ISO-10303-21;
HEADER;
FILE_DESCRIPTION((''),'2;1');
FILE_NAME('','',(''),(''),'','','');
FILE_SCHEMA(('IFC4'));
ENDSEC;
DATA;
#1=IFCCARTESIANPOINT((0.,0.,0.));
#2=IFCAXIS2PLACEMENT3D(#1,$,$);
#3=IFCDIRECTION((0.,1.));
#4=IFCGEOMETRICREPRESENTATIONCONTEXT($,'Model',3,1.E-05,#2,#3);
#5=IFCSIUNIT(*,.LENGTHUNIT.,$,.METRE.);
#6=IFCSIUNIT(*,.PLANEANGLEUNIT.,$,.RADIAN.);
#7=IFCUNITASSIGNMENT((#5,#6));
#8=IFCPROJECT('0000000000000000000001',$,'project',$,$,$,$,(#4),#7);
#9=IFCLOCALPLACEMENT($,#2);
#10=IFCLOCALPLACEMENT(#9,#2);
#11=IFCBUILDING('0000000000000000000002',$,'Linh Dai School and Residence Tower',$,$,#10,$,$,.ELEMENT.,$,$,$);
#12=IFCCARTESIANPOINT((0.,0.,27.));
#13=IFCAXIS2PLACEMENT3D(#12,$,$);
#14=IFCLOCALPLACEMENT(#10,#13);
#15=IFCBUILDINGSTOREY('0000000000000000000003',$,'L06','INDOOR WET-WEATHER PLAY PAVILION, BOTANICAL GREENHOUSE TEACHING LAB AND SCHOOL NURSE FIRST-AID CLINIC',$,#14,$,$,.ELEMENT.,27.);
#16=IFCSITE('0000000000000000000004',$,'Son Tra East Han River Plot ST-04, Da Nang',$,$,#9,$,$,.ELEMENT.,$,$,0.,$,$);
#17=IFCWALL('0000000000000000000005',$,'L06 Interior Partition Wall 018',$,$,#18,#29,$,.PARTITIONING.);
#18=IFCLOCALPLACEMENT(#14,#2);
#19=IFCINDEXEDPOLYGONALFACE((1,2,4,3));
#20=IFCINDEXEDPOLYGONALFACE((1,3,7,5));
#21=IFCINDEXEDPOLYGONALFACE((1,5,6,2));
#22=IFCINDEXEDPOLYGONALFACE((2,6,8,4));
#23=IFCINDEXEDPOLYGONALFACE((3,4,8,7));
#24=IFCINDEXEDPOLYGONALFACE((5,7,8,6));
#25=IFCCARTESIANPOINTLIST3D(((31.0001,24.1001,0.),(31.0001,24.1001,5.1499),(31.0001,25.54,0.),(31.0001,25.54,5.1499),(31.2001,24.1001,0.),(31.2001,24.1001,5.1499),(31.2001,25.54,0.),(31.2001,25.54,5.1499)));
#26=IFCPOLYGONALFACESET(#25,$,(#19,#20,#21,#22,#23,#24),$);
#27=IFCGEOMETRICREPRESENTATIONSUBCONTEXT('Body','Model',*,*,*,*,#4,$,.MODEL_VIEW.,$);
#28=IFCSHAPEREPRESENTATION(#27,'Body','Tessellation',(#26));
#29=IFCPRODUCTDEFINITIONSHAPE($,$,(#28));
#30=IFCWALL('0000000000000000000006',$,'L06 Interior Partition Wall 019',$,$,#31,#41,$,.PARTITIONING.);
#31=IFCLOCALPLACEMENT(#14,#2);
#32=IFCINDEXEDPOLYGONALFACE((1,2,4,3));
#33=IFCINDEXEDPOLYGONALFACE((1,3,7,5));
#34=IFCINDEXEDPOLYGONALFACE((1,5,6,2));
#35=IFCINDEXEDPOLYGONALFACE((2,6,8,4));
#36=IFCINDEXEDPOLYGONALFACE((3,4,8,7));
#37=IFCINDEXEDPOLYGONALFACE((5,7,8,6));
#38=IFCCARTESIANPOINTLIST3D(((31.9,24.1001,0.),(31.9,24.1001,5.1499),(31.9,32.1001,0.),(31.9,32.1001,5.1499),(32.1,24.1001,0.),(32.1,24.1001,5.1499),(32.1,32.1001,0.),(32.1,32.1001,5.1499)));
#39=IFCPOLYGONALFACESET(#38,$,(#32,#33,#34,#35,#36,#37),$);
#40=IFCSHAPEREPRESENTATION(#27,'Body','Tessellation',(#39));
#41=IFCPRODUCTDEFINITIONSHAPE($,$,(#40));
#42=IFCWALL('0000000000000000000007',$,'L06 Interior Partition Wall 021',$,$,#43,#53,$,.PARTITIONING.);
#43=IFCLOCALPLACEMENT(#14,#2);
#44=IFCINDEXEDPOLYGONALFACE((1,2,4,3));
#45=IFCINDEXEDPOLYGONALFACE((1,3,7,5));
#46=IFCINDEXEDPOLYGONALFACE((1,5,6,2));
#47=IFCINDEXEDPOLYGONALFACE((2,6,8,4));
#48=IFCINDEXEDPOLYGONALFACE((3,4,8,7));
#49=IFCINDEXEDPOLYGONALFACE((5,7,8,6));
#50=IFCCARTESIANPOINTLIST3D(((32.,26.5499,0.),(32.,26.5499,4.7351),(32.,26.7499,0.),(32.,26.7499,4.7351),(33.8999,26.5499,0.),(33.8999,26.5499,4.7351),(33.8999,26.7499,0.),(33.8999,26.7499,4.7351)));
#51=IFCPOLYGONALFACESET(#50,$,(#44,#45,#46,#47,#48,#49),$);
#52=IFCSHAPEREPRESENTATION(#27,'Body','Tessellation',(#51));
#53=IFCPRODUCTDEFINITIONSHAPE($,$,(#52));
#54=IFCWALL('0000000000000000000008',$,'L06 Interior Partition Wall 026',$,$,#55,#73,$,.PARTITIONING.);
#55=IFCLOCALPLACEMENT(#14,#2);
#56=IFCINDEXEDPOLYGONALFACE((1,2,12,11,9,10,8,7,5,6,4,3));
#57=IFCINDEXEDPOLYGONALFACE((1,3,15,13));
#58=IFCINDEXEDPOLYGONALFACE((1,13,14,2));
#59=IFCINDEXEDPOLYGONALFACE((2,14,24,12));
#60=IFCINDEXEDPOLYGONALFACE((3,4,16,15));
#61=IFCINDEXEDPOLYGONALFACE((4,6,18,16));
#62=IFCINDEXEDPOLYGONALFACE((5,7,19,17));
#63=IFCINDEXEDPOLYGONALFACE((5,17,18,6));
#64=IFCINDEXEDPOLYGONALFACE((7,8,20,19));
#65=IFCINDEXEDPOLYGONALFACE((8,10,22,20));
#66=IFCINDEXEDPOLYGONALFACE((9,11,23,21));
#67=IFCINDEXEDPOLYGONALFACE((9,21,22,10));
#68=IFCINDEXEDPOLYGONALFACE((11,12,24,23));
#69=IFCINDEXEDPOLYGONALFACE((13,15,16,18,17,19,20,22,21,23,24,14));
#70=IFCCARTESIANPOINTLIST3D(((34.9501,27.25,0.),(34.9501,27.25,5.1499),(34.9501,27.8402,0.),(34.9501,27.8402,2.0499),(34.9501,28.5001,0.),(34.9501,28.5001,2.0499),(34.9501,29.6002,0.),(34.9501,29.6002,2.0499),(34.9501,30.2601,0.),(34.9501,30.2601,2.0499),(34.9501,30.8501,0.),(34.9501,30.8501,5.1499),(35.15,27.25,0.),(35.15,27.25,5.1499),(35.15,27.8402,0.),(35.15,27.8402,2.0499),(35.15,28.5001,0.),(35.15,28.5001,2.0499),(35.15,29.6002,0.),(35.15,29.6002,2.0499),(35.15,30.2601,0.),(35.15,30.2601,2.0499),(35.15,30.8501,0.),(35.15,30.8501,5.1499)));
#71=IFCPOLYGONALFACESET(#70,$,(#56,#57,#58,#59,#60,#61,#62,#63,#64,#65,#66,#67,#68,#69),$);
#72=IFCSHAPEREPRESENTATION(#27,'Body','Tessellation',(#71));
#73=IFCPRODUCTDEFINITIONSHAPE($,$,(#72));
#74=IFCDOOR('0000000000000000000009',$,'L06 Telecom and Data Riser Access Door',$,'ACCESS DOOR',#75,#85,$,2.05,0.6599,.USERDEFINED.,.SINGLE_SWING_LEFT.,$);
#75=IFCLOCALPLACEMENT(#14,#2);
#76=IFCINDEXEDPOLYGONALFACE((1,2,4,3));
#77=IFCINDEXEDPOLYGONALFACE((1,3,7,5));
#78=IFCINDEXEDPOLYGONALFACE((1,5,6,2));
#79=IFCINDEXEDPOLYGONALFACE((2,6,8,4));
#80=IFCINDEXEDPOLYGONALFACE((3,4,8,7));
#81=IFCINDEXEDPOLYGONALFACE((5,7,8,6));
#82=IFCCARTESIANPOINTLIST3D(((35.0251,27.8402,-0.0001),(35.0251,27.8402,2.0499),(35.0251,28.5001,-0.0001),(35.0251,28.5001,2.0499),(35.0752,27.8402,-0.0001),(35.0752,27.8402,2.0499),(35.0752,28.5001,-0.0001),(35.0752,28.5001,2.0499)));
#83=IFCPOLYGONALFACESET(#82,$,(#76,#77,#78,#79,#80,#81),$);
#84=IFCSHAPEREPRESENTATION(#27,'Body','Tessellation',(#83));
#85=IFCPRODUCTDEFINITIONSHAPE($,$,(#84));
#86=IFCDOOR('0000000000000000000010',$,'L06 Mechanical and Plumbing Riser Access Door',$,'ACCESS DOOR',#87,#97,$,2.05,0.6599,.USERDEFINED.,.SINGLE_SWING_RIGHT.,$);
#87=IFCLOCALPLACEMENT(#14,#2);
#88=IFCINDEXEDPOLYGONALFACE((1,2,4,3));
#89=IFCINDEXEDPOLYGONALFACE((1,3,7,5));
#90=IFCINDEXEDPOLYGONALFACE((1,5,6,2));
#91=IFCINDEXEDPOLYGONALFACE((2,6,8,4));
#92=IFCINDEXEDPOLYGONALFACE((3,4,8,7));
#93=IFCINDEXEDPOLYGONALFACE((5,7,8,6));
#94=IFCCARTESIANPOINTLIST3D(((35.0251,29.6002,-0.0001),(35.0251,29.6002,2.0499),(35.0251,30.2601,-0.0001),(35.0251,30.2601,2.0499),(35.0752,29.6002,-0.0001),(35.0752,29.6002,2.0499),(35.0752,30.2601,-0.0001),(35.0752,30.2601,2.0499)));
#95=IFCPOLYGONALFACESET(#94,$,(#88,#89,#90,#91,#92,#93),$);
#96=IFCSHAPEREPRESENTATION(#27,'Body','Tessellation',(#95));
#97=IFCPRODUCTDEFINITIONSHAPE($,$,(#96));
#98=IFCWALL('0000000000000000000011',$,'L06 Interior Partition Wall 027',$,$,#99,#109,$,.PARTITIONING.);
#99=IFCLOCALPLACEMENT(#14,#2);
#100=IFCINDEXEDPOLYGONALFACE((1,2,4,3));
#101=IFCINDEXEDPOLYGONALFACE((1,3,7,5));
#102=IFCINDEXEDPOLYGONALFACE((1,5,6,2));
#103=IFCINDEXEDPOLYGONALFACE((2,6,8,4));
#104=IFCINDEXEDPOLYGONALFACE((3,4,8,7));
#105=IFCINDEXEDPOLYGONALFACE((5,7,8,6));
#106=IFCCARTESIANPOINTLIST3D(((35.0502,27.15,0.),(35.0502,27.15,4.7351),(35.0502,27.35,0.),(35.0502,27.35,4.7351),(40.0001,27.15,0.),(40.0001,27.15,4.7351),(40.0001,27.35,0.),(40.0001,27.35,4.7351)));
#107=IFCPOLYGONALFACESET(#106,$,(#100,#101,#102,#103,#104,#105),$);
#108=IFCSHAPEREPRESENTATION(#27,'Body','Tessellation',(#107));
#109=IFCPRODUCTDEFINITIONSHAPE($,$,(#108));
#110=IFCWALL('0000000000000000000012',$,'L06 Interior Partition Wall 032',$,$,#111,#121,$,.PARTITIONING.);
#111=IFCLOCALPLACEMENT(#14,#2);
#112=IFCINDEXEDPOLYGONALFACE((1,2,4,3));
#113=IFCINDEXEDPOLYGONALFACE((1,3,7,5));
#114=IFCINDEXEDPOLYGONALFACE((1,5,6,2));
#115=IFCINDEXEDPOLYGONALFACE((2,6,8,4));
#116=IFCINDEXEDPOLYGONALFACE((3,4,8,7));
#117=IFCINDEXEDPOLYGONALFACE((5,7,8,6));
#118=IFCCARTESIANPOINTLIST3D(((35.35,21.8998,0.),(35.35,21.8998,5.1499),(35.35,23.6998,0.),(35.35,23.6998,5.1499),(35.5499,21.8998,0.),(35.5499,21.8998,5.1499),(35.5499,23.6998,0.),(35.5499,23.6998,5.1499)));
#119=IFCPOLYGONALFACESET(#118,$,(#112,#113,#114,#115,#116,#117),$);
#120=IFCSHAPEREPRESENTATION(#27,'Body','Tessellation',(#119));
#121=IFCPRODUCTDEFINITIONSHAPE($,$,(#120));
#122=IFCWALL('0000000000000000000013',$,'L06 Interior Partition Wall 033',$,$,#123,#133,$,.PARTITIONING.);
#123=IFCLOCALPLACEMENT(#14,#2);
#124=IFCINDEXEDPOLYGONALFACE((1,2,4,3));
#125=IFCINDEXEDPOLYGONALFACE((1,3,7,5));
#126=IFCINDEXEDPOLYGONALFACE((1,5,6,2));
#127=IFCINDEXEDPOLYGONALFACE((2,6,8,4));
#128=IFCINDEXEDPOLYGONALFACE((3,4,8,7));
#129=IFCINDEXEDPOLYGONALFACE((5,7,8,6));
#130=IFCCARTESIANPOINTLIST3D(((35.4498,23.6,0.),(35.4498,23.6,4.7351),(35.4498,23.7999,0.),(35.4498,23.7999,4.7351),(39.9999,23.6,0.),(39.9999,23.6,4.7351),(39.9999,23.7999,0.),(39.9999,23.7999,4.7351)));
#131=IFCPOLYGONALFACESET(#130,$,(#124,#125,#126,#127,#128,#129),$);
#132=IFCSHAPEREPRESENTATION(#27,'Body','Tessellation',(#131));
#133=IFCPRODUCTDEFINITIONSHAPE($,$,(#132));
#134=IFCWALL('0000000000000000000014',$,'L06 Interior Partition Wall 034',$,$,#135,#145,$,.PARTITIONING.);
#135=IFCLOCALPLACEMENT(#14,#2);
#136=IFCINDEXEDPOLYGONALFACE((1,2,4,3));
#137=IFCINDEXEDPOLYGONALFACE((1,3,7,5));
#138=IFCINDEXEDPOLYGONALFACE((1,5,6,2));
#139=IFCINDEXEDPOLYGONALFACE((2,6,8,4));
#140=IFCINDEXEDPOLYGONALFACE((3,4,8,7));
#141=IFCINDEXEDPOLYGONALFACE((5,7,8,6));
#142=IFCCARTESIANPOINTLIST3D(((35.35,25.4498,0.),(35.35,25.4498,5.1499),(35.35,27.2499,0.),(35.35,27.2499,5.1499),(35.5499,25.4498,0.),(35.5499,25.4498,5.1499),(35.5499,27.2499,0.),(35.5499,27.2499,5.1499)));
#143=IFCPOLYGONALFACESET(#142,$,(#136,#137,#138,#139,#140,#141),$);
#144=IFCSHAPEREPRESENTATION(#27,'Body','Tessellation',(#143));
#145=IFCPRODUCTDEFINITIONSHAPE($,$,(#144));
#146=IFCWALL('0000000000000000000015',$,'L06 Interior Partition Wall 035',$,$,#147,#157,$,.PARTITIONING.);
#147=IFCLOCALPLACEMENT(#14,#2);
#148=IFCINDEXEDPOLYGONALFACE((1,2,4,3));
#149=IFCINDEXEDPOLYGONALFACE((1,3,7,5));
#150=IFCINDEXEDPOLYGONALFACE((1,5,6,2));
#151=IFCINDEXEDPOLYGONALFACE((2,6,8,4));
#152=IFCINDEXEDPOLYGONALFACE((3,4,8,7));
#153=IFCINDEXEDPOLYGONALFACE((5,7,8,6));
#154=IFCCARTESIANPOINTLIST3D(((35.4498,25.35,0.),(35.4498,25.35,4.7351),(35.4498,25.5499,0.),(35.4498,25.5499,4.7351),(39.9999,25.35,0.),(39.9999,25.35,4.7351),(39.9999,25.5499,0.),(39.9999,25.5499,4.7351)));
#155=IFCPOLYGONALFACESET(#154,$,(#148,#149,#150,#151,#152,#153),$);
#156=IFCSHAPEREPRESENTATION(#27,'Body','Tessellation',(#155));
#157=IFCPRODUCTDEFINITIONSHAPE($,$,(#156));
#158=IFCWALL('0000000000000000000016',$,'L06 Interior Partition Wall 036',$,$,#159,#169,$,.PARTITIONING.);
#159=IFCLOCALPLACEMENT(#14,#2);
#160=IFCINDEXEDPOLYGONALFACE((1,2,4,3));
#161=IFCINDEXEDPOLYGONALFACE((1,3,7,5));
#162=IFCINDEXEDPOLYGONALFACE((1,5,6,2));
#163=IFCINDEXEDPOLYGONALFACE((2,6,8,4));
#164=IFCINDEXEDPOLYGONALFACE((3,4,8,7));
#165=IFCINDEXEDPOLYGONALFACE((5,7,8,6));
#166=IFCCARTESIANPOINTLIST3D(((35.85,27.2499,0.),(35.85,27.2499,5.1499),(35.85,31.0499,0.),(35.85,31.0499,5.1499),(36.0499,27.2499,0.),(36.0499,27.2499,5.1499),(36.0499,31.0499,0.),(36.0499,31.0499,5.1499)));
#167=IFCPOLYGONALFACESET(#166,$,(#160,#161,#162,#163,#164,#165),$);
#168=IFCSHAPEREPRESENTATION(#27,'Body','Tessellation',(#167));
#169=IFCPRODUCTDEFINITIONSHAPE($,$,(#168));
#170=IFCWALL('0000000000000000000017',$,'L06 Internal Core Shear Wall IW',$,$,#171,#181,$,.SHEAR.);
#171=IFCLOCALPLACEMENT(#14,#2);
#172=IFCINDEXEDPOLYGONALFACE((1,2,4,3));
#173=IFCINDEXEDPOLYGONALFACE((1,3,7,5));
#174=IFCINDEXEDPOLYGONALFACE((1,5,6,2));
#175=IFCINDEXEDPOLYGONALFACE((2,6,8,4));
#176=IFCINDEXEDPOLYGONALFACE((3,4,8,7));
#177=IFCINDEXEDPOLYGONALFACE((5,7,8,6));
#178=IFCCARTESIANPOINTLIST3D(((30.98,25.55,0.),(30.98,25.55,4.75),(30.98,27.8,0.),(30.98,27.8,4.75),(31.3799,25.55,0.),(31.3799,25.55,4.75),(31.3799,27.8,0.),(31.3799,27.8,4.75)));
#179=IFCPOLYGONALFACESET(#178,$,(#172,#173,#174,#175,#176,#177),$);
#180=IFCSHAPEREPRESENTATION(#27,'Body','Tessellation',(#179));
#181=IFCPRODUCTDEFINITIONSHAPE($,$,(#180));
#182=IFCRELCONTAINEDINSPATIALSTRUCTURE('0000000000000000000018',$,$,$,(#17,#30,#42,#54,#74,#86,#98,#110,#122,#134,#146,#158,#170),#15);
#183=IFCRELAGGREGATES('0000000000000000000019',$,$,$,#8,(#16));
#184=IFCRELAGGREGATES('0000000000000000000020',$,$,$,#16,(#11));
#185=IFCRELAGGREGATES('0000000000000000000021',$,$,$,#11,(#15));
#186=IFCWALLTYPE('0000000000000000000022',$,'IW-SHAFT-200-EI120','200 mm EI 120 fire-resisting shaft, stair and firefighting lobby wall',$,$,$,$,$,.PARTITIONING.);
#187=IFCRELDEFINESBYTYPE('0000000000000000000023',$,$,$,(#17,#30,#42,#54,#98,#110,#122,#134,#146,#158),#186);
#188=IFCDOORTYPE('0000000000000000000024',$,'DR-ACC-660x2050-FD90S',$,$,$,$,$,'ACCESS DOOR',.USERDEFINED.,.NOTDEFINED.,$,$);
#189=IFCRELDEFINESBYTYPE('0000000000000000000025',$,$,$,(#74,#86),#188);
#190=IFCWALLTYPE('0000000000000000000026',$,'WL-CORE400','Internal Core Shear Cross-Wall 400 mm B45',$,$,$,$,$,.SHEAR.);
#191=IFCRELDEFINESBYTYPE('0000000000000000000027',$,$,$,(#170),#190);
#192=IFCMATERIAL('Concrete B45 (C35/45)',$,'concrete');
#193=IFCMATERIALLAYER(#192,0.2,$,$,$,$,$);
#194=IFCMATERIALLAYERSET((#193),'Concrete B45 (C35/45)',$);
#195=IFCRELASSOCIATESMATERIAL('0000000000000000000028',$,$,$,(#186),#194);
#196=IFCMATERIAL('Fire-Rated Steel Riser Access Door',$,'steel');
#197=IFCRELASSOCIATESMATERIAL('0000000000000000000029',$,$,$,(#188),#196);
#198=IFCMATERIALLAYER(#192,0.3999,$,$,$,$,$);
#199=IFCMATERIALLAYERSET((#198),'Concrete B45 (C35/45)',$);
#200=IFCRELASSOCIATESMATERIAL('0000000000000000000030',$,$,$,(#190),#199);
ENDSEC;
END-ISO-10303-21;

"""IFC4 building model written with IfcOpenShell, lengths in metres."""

from ifc_helpers import new_model, si_unit, direction, frame, frame_2d, origin, origin_2d, place, context, subcontext, project, spatial, rectangle, extrude, source, transform, mapped, material, layer, layer_set, type_object, element, fill, save


model = new_model("IFC4")

# Units and contexts
model_context = context("Model", 3, precision=1e-05, world=origin(), true_north=direction((0.0, 1.0)))
body_context = subcontext(model_context, "Body", "Model", "MODEL_VIEW")
ifc_project = project(units=[si_unit("LENGTHUNIT", "METRE"), si_unit("PLANEANGLEUNIT", "RADIAN")], contexts=[model_context])

# Site, building, storey
site_placement = place(None, origin())
site = spatial("IfcSite", under=ifc_project, at=site_placement, Name="Son Tra East Han River Plot ST-04, Da Nang", CompositionType="ELEMENT", RefElevation=0.0)
building_placement = place(site_placement, origin())
building = spatial("IfcBuilding", under=site, at=building_placement, Name="Linh Dai School and Residence Tower", CompositionType="ELEMENT")
storey_placement = place(building_placement, frame((0.0, 0.0, 27.0)))
storey = spatial("IfcBuildingStorey", under=building, at=storey_placement, Name="L06", Description="INDOOR WET-WEATHER PLAY PAVILION, BOTANICAL GREENHOUSE TEACHING LAB AND SCHOOL NURSE FIRST-AID CLINIC", CompositionType="ELEMENT", Elevation=27.0)

# Walls
ifc_material_1 = material(Name="Concrete B45 (C35/45)", Category="concrete")
ifc_layer_1 = layer(ifc_material_1, 0.2)
ifc_layer_set_1 = layer_set([ifc_layer_1], Name="Concrete B45 (C35/45)")
wall_type_1 = type_object("IfcWallType", Name="IW-SHAFT-200-EI120", Description="200 mm EI 120 fire-resisting shaft, stair and firefighting lobby wall", PredefinedType="PARTITIONING", material=ifc_layer_set_1)
wall_1_placement = place(storey_placement, frame((31.1001, 24.1001, 0.0), z_axis=(0.0, 0.0, 1.0), x_axis=(0.0, 1.0, 0.0)))
element("IfcWall", 1, at=wall_1_placement, inside=storey, type_object=wall_type_1, Name="L06 Interior Partition Wall 018", PredefinedType="PARTITIONING", context=body_context, shape_type="SweptSolid", body=[
    extrude(rectangle(XDim=1.4399, YDim=0.2, at=frame_2d((0.72, 0.0))), origin(), (0.0, 0.0, 1.0), 5.1499),
])
wall_2_placement = place(storey_placement, frame((32.0, 24.1001, 0.0), z_axis=(0.0, 0.0, 1.0), x_axis=(0.0, 1.0, 0.0)))
element("IfcWall", 2, at=wall_2_placement, inside=storey, type_object=wall_type_1, Name="L06 Interior Partition Wall 019", PredefinedType="PARTITIONING", context=body_context, shape_type="SweptSolid", body=[
    extrude(rectangle(XDim=8.0, YDim=0.2, at=frame_2d((4.0, 0.0))), origin(), (0.0, 0.0, 1.0), 5.1499),
])

# Wall
wall_3_placement = place(storey_placement, frame((32.0, 26.6499, 0.0), z_axis=(0.0, 0.0, 1.0), x_axis=(1.0, 0.0, 0.0)))
element("IfcWall", 3, at=wall_3_placement, inside=storey, type_object=wall_type_1, Name="L06 Interior Partition Wall 021", PredefinedType="PARTITIONING", context=body_context, shape_type="SweptSolid", body=[
    extrude(rectangle(XDim=1.8999, YDim=0.2, at=frame_2d((0.95, 0.0))), origin(), (0.0, 0.0, 1.0), 4.7351),
])

# Wall, openings, doors
wall_4_placement = place(storey_placement, frame((35.05, 27.25, 0.0), z_axis=(0.0, 0.0, 1.0), x_axis=(0.0, 1.0, 0.0)))
wall_4 = element("IfcWall", 4, at=wall_4_placement, inside=storey, type_object=wall_type_1, Name="L06 Interior Partition Wall 026", PredefinedType="PARTITIONING", context=body_context, shape_type="SweptSolid", body=[
    extrude(rectangle(XDim=3.6001, YDim=0.2, at=frame_2d((1.8, 0.0))), origin(), (0.0, 0.0, 1.0), 5.1499),
])
opening_1_placement = place(wall_4_placement, frame((0.5901, 0.0, 0.0)))
opening_1 = element("IfcOpeningElement", 5, at=opening_1_placement, cuts=wall_4, PredefinedType="OPENING", context=body_context, shape_type="SweptSolid", body=[
    extrude(rectangle(XDim=0.6599, YDim=2.05, at=origin_2d()), frame((0.3301, 0.1099, 1.0249), z_axis=(0.0, -1.0, 0.0), x_axis=(1.0, 0.0, 0.0)), (0.0, 0.0, 1.0), 0.22),
])
opening_2_placement = place(wall_4_placement, frame((2.3501, 0.0, 0.0)))
opening_2 = element("IfcOpeningElement", 6, at=opening_2_placement, cuts=wall_4, PredefinedType="OPENING", context=body_context, shape_type="SweptSolid", body=[
    extrude(rectangle(XDim=0.6599, YDim=2.05, at=origin_2d()), frame((0.3301, 0.1099, 1.0249), z_axis=(0.0, -1.0, 0.0), x_axis=(1.0, 0.0, 0.0)), (0.0, 0.0, 1.0), 0.22),
])
ifc_material_2 = material(Name="Fire-Rated Steel Riser Access Door", Category="steel")
door_type_1 = type_object("IfcDoorType", Name="DR-ACC-660x2050-FD90S", ElementType="ACCESS DOOR", OperationType="NOTDEFINED", PredefinedType="USERDEFINED", material=ifc_material_2)
shared_shape_1 = source(origin(), body_context, "Body", "SweptSolid", [
    extrude(rectangle(XDim=0.6599, YDim=2.05, at=origin_2d()), frame((0.3301, 0.0249, 1.0249), z_axis=(0.0, -1.0, 0.0), x_axis=(1.0, 0.0, 0.0)), (0.0, 0.0, 1.0), 0.05),
])
door_1_placement = place(opening_1_placement, origin())
door_1 = element("IfcDoor", 7, at=door_1_placement, inside=storey, type_object=door_type_1, Name="L06 Telecom and Data Riser Access Door", ObjectType="ACCESS DOOR", OperationType="SINGLE_SWING_LEFT", OverallHeight=2.05, OverallWidth=0.6599, PredefinedType="USERDEFINED", context=body_context, shape_type="MappedRepresentation", body=[
    mapped(shared_shape_1, transform((0.0, 0.0, 0.0), x_axis=(1.0, 0.0, 0.0), y_axis=(0.0, 1.0, 0.0), z_axis=(0.0, 0.0, 1.0), scale=1.0)),
])
fill(opening_1, door_1)
door_2_placement = place(opening_2_placement, origin())
door_2 = element("IfcDoor", 8, at=door_2_placement, inside=storey, type_object=door_type_1, Name="L06 Mechanical and Plumbing Riser Access Door", ObjectType="ACCESS DOOR", OperationType="SINGLE_SWING_RIGHT", OverallHeight=2.05, OverallWidth=0.6599, PredefinedType="USERDEFINED", context=body_context, shape_type="MappedRepresentation", body=[
    mapped(shared_shape_1, transform((0.0, 0.0, 0.0), x_axis=(1.0, 0.0, 0.0), y_axis=(0.0, 1.0, 0.0), z_axis=(0.0, 0.0, 1.0), scale=1.0)),
])
fill(opening_2, door_2)

# Walls
wall_5_placement = place(storey_placement, frame((35.05, 27.25, 0.0), z_axis=(0.0, 0.0, 1.0), x_axis=(1.0, 0.0, 0.0)))
element("IfcWall", 9, at=wall_5_placement, inside=storey, type_object=wall_type_1, Name="L06 Interior Partition Wall 027", PredefinedType="PARTITIONING", context=body_context, shape_type="SweptSolid", body=[
    extrude(rectangle(XDim=4.95, YDim=0.2, at=frame_2d((2.4751, 0.0))), origin(), (0.0, 0.0, 1.0), 4.7351),
])
wall_6_placement = place(storey_placement, frame((35.45, 21.8999, 0.0), z_axis=(0.0, 0.0, 1.0), x_axis=(0.0, 1.0, 0.0)))
element("IfcWall", 10, at=wall_6_placement, inside=storey, type_object=wall_type_1, Name="L06 Interior Partition Wall 032", PredefinedType="PARTITIONING", context=body_context, shape_type="SweptSolid", body=[
    extrude(rectangle(XDim=1.8, YDim=0.2, at=frame_2d((0.8999, 0.0))), origin(), (0.0, 0.0, 1.0), 5.1499),
])
wall_7_placement = place(storey_placement, frame((35.45, 23.7, 0.0), z_axis=(0.0, 0.0, 1.0), x_axis=(1.0, 0.0, 0.0)))
element("IfcWall", 11, at=wall_7_placement, inside=storey, type_object=wall_type_1, Name="L06 Interior Partition Wall 033", PredefinedType="PARTITIONING", context=body_context, shape_type="SweptSolid", body=[
    extrude(rectangle(XDim=4.55, YDim=0.2, at=frame_2d((2.2749, 0.0))), origin(), (0.0, 0.0, 1.0), 4.7351),
])
wall_8_placement = place(storey_placement, frame((35.45, 25.45, 0.0), z_axis=(0.0, 0.0, 1.0), x_axis=(0.0, 1.0, 0.0)))
element("IfcWall", 12, at=wall_8_placement, inside=storey, type_object=wall_type_1, Name="L06 Interior Partition Wall 034", PredefinedType="PARTITIONING", context=body_context, shape_type="SweptSolid", body=[
    extrude(rectangle(XDim=1.8, YDim=0.2, at=frame_2d((0.8999, 0.0))), origin(), (0.0, 0.0, 1.0), 5.1499),
])
wall_9_placement = place(storey_placement, frame((35.45, 25.45, 0.0), z_axis=(0.0, 0.0, 1.0), x_axis=(1.0, 0.0, 0.0)))
element("IfcWall", 13, at=wall_9_placement, inside=storey, type_object=wall_type_1, Name="L06 Interior Partition Wall 035", PredefinedType="PARTITIONING", context=body_context, shape_type="SweptSolid", body=[
    extrude(rectangle(XDim=4.55, YDim=0.2, at=frame_2d((2.2749, 0.0))), origin(), (0.0, 0.0, 1.0), 4.7351),
])
wall_10_placement = place(storey_placement, frame((35.95, 27.25, 0.0), z_axis=(0.0, 0.0, 1.0), x_axis=(0.0, 1.0, 0.0)))
element("IfcWall", 14, at=wall_10_placement, inside=storey, type_object=wall_type_1, Name="L06 Interior Partition Wall 036", PredefinedType="PARTITIONING", context=body_context, shape_type="SweptSolid", body=[
    extrude(rectangle(XDim=3.8, YDim=0.2, at=frame_2d((1.8999, 0.0))), origin(), (0.0, 0.0, 1.0), 5.1499),
])
ifc_layer_2 = layer(ifc_material_1, 0.3999)
ifc_layer_set_2 = layer_set([ifc_layer_2], Name="Concrete B45 (C35/45)")
wall_type_2 = type_object("IfcWallType", Name="WL-CORE400", Description="Internal Core Shear Cross-Wall 400 mm B45", PredefinedType="SHEAR", material=ifc_layer_set_2)
wall_11_placement = place(storey_placement, frame((31.1799, 25.55, 0.0), z_axis=(0.0, 0.0, 1.0), x_axis=(0.0, 1.0, 0.0)))
element("IfcWall", 15, at=wall_11_placement, inside=storey, type_object=wall_type_2, Name="L06 Internal Core Shear Wall IW", PredefinedType="SHEAR", context=body_context, shape_type="SweptSolid", body=[
    extrude(rectangle(XDim=2.25, YDim=0.3999, at=frame_2d((1.125, 0.0))), origin(), (0.0, 0.0, 1.0), 4.75),
])

save(model, "model.ifc")
